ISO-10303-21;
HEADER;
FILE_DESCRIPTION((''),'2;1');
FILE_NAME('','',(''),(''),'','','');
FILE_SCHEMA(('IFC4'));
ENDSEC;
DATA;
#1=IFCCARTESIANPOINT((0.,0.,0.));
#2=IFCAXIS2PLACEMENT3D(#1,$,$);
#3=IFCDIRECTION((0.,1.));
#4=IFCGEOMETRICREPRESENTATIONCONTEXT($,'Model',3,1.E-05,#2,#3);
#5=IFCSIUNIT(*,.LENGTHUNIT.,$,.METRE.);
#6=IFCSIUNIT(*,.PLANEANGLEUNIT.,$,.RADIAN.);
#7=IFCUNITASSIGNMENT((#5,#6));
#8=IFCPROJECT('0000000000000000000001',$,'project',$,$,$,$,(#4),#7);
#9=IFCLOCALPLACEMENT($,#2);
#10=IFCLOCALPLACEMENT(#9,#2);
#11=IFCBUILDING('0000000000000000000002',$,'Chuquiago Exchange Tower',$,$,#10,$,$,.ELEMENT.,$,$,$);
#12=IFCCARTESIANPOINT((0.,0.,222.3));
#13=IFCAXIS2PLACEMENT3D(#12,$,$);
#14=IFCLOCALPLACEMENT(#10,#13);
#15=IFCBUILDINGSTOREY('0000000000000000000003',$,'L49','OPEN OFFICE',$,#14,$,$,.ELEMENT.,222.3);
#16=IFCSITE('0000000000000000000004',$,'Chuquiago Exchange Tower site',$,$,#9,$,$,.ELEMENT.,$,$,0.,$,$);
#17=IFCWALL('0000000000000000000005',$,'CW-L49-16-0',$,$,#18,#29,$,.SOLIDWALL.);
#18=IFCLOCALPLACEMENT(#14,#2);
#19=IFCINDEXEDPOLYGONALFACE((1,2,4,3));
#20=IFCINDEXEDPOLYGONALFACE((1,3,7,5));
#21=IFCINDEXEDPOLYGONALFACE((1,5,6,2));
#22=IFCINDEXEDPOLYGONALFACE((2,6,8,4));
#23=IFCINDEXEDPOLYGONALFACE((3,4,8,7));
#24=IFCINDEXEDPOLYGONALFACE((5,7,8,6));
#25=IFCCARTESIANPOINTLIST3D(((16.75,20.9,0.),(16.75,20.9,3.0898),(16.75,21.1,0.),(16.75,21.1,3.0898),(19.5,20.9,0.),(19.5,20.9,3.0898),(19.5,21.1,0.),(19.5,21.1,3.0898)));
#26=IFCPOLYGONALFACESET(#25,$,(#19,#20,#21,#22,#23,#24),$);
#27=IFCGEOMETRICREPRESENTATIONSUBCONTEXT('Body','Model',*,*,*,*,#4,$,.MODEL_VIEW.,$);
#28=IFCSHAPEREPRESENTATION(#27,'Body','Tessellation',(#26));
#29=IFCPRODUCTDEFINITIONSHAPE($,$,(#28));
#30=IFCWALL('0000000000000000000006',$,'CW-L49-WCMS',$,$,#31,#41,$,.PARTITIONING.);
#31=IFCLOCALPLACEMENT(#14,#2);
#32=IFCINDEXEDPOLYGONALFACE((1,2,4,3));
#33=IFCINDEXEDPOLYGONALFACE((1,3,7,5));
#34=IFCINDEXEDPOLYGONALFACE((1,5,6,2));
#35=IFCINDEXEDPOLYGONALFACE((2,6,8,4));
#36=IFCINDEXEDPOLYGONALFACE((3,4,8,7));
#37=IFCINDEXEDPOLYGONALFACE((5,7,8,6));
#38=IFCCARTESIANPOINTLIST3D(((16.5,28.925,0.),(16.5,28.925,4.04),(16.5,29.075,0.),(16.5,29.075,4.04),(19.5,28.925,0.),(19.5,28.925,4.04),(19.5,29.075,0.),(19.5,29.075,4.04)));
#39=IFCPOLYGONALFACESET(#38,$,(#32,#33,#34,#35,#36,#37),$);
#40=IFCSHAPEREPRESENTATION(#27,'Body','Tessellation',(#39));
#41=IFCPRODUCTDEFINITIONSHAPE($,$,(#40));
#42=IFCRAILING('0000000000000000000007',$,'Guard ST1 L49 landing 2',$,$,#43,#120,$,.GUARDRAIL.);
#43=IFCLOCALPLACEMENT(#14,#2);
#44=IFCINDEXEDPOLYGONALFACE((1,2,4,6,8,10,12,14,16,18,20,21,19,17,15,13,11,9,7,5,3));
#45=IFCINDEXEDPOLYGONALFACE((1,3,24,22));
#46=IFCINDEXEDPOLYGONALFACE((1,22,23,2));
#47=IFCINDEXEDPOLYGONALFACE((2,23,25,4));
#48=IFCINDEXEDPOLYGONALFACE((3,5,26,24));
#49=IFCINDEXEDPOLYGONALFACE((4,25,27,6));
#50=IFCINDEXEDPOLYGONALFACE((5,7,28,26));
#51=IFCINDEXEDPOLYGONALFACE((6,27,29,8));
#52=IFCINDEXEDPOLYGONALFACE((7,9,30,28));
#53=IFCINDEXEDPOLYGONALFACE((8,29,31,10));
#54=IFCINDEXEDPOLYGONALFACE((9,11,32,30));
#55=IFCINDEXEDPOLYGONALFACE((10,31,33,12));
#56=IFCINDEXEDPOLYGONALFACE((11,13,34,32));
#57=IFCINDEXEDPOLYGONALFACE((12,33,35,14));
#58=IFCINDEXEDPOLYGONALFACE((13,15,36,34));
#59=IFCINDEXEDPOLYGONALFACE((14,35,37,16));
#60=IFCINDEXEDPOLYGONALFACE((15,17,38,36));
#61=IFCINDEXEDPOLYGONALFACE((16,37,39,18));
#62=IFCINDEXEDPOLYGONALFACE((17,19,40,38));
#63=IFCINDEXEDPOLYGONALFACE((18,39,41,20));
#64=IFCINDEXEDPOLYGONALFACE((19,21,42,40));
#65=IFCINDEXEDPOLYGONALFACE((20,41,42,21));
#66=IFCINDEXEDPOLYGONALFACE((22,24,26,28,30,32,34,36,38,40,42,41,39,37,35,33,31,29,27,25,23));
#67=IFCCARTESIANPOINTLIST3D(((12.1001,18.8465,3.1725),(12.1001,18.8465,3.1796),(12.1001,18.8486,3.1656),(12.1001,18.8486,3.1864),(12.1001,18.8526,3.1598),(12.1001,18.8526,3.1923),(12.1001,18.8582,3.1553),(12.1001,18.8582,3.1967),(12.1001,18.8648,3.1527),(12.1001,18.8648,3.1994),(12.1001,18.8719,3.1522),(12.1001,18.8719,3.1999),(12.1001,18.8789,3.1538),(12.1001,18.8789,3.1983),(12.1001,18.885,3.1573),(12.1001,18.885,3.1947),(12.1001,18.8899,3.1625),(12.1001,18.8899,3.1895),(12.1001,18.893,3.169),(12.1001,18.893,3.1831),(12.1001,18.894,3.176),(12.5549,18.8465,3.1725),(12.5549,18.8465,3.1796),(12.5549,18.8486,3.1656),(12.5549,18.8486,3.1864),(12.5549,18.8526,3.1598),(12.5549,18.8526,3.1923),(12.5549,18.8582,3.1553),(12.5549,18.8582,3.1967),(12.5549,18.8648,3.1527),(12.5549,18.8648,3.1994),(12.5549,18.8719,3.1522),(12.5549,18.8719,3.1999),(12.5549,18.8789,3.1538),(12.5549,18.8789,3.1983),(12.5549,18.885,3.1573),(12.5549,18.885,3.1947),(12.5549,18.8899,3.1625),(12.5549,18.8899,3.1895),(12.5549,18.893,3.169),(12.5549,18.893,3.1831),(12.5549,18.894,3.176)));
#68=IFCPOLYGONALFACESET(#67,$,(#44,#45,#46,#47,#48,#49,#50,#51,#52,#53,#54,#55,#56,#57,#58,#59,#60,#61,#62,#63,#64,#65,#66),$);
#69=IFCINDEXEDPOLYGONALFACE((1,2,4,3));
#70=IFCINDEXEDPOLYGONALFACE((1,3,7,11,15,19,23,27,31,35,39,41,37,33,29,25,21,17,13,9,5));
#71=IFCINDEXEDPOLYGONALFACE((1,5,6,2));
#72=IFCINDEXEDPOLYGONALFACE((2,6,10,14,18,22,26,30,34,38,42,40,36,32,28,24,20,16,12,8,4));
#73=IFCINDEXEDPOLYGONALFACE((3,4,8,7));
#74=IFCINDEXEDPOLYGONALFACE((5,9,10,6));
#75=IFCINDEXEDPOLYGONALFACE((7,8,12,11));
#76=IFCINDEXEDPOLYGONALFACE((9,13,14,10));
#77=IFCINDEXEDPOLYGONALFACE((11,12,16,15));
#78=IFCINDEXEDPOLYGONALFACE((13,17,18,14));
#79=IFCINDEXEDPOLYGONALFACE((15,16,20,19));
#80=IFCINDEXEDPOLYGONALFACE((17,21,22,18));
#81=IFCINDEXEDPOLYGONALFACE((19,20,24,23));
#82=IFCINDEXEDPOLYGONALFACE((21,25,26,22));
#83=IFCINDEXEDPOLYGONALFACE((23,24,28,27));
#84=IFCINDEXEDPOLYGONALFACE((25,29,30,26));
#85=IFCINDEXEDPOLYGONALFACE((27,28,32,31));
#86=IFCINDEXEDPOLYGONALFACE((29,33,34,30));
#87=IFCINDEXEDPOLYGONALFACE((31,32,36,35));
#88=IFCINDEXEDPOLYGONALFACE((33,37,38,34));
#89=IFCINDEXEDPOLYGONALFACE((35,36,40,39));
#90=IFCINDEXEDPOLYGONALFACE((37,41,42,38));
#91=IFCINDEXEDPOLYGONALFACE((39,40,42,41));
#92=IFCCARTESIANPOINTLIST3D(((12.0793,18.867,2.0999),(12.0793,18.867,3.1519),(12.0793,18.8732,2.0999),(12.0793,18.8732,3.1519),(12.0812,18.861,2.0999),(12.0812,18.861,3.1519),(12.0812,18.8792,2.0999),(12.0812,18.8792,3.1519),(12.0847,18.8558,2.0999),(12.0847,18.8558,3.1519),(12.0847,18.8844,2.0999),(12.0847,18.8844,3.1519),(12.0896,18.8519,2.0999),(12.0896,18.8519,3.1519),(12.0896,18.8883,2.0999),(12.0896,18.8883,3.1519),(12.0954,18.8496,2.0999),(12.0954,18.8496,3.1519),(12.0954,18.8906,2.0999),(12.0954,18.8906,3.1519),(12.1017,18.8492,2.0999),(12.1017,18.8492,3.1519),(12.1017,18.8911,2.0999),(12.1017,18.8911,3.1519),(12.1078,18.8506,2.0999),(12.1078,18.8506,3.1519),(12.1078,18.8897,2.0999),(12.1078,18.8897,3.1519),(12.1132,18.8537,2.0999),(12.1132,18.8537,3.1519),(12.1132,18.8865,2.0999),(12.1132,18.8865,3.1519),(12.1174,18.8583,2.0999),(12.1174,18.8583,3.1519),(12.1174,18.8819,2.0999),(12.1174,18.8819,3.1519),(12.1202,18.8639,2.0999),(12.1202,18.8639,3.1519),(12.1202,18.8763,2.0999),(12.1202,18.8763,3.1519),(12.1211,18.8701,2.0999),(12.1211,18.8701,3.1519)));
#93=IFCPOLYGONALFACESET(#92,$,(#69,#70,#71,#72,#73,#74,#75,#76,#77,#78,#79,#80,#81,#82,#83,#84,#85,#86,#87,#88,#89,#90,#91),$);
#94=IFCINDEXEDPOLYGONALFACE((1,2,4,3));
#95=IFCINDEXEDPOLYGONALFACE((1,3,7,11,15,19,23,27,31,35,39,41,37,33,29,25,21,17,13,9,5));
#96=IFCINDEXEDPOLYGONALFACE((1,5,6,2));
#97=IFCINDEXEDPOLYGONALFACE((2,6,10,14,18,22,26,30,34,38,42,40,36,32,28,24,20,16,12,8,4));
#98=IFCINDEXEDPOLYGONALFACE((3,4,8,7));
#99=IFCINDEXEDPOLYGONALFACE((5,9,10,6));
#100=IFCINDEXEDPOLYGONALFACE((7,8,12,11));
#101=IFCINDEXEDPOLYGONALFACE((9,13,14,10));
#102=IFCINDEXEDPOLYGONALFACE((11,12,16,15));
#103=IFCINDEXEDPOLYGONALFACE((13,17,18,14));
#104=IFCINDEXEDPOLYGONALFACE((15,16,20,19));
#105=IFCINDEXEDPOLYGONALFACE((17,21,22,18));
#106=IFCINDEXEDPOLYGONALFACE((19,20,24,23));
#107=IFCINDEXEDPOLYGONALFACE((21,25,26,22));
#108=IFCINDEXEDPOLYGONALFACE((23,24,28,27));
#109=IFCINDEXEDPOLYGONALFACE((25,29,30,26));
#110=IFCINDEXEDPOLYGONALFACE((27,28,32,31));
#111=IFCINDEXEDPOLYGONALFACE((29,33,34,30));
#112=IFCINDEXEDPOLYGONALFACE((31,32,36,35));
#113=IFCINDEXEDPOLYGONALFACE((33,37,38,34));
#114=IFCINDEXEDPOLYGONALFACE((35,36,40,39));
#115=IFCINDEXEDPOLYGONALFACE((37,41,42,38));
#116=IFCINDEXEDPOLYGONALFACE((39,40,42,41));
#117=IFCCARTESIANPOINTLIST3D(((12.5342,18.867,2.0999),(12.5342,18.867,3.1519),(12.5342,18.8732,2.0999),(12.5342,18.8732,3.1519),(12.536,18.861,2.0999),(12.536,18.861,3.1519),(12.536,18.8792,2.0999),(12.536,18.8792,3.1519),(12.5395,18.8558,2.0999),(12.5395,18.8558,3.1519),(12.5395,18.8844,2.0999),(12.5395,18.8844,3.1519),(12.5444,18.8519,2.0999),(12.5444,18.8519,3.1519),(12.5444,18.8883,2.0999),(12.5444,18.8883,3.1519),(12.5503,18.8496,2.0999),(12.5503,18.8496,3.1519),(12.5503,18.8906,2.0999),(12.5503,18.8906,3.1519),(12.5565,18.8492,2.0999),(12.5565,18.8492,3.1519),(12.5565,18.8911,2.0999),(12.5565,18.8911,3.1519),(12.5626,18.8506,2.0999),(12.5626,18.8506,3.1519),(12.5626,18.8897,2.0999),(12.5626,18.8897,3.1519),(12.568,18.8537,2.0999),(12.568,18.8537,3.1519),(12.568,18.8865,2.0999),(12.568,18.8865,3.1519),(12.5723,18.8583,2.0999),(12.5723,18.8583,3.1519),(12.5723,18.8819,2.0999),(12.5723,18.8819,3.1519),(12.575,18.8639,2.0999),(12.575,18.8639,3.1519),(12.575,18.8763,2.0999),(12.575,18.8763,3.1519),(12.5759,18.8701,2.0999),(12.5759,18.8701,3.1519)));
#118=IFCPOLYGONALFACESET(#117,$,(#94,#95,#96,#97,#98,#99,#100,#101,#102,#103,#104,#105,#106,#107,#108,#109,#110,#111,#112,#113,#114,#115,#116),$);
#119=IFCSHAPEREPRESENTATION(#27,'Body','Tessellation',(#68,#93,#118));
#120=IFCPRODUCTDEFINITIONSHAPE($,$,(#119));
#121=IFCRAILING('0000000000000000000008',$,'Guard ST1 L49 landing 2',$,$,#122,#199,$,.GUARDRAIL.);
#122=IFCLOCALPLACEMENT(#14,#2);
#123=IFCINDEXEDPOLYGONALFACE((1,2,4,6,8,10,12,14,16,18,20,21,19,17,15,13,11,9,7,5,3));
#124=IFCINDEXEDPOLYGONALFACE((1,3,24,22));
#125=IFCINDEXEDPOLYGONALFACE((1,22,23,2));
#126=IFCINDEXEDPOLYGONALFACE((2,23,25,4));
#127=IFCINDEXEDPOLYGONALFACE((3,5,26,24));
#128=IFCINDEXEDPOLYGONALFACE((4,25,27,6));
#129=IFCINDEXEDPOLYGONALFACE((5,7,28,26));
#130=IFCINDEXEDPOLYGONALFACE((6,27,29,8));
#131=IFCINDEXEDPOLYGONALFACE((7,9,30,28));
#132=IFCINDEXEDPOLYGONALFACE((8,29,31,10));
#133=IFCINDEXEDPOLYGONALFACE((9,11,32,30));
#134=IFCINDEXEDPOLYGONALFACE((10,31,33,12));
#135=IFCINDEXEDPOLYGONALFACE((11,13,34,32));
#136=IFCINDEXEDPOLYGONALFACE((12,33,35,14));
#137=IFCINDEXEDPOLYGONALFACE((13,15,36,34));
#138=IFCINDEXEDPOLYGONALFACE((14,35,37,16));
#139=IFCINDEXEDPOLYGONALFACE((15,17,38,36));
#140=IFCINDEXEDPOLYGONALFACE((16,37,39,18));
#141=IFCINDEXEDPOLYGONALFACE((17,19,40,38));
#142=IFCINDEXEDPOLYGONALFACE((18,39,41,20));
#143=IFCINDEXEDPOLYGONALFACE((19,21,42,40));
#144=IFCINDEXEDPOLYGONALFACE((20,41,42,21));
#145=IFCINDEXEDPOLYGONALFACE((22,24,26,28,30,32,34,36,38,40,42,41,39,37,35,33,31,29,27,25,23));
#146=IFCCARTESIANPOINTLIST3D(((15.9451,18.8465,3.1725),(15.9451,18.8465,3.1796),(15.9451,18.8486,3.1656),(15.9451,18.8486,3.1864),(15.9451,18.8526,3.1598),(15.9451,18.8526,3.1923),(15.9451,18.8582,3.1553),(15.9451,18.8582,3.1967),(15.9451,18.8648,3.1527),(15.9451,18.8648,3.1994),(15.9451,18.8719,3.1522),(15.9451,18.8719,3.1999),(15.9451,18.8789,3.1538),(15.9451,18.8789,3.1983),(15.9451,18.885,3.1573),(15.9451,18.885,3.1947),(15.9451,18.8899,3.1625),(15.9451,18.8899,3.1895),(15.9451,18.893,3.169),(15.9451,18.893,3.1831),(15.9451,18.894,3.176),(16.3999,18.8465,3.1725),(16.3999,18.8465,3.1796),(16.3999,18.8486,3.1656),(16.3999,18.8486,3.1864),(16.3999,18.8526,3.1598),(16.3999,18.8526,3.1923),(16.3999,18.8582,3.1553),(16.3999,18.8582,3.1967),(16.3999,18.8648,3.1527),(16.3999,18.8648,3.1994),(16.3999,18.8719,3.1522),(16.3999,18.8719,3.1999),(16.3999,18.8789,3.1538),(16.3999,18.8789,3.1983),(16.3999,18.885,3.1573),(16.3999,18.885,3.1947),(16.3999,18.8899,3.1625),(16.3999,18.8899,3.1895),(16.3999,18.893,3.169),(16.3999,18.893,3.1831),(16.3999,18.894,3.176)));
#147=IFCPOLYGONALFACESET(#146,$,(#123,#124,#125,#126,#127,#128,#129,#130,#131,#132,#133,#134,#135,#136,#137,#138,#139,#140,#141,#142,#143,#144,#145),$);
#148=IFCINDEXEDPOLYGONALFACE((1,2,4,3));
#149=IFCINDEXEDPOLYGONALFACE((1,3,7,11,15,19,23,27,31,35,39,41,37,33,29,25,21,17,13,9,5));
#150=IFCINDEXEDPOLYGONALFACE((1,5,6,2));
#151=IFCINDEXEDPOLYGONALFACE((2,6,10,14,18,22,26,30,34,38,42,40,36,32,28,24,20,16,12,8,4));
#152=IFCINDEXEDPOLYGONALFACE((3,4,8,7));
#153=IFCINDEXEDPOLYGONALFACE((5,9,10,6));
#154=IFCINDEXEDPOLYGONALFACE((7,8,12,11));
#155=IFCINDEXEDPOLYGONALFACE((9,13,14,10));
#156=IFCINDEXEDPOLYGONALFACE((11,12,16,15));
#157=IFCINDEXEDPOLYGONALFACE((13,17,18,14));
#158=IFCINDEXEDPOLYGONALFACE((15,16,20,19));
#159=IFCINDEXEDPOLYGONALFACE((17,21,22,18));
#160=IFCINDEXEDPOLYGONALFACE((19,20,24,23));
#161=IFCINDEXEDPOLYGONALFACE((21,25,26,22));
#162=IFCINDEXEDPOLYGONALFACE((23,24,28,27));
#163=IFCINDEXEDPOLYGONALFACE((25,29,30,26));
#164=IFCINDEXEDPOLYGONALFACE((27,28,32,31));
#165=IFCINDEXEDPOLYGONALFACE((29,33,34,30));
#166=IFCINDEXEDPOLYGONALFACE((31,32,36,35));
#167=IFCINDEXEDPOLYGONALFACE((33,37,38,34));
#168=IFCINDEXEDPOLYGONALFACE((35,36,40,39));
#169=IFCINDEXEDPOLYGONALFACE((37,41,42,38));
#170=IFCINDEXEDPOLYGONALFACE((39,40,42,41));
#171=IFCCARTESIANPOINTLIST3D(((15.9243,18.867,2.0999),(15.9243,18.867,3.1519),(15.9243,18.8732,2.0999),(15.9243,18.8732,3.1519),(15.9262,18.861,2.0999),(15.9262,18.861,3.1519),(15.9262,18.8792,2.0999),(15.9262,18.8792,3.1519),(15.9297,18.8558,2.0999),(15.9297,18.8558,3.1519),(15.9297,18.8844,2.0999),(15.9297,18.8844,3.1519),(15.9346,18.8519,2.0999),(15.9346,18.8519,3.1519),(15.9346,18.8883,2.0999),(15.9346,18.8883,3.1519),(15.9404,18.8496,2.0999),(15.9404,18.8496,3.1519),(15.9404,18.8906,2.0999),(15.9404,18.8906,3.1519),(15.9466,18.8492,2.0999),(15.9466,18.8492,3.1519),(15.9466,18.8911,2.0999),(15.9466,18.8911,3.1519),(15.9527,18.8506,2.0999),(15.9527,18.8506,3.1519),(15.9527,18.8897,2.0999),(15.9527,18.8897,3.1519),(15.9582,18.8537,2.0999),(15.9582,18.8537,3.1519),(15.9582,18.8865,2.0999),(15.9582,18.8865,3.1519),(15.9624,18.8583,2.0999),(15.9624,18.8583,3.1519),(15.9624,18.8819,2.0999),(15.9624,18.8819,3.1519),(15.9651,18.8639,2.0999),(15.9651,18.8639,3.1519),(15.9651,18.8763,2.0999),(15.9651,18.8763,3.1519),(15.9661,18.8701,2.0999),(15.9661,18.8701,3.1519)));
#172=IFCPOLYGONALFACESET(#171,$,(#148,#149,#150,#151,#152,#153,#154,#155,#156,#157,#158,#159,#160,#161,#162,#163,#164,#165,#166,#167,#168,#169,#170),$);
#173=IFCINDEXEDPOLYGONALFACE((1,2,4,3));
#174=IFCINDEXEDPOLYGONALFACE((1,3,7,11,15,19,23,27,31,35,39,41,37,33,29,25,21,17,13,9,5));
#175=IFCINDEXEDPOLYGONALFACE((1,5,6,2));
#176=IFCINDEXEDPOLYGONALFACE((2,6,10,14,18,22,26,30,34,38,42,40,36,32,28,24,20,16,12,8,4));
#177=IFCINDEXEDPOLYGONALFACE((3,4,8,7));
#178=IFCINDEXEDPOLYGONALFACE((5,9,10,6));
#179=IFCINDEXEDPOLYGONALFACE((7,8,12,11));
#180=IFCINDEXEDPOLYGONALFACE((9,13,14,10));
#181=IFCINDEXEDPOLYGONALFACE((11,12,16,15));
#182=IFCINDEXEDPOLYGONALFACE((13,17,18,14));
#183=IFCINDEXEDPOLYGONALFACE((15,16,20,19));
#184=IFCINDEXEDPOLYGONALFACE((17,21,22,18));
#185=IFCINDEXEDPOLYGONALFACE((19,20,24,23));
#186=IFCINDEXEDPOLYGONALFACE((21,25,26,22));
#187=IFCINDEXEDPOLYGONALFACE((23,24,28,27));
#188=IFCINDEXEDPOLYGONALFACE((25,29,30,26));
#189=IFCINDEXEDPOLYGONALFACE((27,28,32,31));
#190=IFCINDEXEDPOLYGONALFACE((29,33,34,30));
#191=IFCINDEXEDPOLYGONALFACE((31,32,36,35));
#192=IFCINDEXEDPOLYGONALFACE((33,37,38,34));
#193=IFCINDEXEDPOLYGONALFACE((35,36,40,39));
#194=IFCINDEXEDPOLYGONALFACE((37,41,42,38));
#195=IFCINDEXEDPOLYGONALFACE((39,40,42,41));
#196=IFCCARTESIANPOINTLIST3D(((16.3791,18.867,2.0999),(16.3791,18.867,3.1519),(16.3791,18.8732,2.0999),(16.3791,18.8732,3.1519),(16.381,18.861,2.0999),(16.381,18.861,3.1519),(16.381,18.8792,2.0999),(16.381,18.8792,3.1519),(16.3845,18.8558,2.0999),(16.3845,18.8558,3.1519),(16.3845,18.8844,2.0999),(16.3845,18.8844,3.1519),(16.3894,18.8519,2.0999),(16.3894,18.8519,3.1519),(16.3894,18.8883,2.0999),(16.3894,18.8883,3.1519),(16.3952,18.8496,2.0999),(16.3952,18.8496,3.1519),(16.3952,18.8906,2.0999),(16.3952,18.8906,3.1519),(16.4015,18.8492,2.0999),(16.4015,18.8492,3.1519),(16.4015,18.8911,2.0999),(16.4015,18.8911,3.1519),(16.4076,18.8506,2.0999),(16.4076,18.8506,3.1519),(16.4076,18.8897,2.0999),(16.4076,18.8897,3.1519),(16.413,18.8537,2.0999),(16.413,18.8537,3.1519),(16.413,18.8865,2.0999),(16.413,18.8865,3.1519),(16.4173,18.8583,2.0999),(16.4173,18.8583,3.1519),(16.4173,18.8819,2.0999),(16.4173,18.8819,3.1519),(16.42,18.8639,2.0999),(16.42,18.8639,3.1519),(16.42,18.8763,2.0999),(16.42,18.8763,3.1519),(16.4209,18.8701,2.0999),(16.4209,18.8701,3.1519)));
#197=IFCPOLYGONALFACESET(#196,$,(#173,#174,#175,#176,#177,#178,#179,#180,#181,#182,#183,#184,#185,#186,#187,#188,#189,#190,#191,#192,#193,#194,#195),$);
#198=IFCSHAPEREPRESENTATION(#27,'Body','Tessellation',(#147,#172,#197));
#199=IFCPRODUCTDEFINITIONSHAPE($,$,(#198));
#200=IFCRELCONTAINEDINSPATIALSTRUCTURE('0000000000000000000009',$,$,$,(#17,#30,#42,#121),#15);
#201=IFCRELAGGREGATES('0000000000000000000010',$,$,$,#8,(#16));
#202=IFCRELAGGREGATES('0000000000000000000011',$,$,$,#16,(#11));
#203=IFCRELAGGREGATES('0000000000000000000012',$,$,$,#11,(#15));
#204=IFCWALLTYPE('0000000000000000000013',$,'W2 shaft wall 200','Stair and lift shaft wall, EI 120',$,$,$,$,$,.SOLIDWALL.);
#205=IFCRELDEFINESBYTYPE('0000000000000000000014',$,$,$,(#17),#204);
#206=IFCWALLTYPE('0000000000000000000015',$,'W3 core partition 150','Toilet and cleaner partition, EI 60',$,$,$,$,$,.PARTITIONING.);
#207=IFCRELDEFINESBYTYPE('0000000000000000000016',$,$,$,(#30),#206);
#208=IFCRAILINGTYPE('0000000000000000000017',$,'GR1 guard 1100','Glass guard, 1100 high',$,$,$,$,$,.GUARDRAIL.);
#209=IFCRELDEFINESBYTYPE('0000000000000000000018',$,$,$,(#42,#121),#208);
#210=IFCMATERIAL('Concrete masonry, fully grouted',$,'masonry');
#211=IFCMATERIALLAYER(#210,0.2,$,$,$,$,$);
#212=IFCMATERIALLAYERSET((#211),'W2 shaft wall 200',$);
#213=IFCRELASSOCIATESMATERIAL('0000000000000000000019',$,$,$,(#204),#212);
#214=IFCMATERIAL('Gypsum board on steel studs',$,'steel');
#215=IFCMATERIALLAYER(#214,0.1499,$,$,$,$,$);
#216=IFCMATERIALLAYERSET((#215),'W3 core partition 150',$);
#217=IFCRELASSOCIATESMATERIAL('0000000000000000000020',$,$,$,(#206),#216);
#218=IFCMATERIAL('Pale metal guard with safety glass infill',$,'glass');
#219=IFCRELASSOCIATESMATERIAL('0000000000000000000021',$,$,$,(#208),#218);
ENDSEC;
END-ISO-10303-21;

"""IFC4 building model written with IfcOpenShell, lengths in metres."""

from ifc_helpers import new_model, si_unit, direction, frame, frame_2d, origin, origin_2d, place, context, subcontext, project, spatial, rectangle, circle, extrude, material, layer, layer_set, type_object, element, save


model = new_model("IFC4")

# Units and contexts
model_context = context("Model", 3, precision=1e-05, world=origin(), true_north=direction((0.0, 1.0)))
body_context = subcontext(model_context, "Body", "Model", "MODEL_VIEW")
ifc_project = project(units=[si_unit("LENGTHUNIT", "METRE"), si_unit("PLANEANGLEUNIT", "RADIAN")], contexts=[model_context])

# Site, building, storey
site_placement = place(None, origin())
site = spatial("IfcSite", under=ifc_project, at=site_placement, Name="Chuquiago Exchange Tower site", CompositionType="ELEMENT", RefElevation=0.0)
building_placement = place(site_placement, origin())
building = spatial("IfcBuilding", under=site, at=building_placement, Name="Chuquiago Exchange Tower", CompositionType="ELEMENT")
storey_placement = place(building_placement, frame((0.0, 0.0, 222.3)))
storey = spatial("IfcBuildingStorey", under=building, at=storey_placement, Name="L49", Description="OPEN OFFICE", CompositionType="ELEMENT", Elevation=222.3)

# Shared definitions
ifc_material_1 = material(Name="Concrete masonry, fully grouted", Category="masonry")
ifc_layer_1 = layer(ifc_material_1, 0.2)
ifc_layer_set_1 = layer_set([ifc_layer_1], Name="W2 shaft wall 200")
wall_type_1 = type_object("IfcWallType", Name="W2 shaft wall 200", Description="Stair and lift shaft wall, EI 120", PredefinedType="SOLIDWALL", material=ifc_layer_set_1)

# Walls
wall_1_placement = place(storey_placement, frame((16.75, 21.0, 0.0), z_axis=(0.0, 0.0, 1.0), x_axis=(1.0, 0.0, 0.0)))
element("IfcWall", 1, at=wall_1_placement, inside=storey, type_object=wall_type_1, Name="CW-L49-16-0", PredefinedType="SOLIDWALL", context=body_context, shape_type="SweptSolid", body=[
    extrude(rectangle(XDim=2.75, YDim=0.2, at=frame_2d((1.375, 0.0))), origin(), (0.0, 0.0, 1.0), 3.0898),
])
ifc_material_2 = material(Name="Gypsum board on steel studs", Category="steel")
ifc_layer_2 = layer(ifc_material_2, 0.1499)
ifc_layer_set_2 = layer_set([ifc_layer_2], Name="W3 core partition 150")
wall_type_2 = type_object("IfcWallType", Name="W3 core partition 150", Description="Toilet and cleaner partition, EI 60", PredefinedType="PARTITIONING", material=ifc_layer_set_2)
wall_2_placement = place(storey_placement, frame((16.5, 29.0, 0.0), z_axis=(0.0, 0.0, 1.0), x_axis=(1.0, 0.0, 0.0)))
element("IfcWall", 2, at=wall_2_placement, inside=storey, type_object=wall_type_2, Name="CW-L49-WCMS", PredefinedType="PARTITIONING", context=body_context, shape_type="SweptSolid", body=[
    extrude(rectangle(XDim=3.0, YDim=0.1499, at=frame_2d((1.5, 0.0))), origin(), (0.0, 0.0, 1.0), 4.04),
])

# Railings
ifc_material_3 = material(Name="Pale metal guard with safety glass infill", Category="glass")
railing_type_1 = type_object("IfcRailingType", Name="GR1 guard 1100", Description="Glass guard, 1100 high", PredefinedType="GUARDRAIL", material=ifc_material_3)
for number, where, name in (
    (3, (12.1001, 18.8701, 2.0999), "Guard ST1 L49 landing 2"),
    (4, (15.9451, 18.8701, 2.0999), "Guard ST1 L49 landing 2"),
):
    element("IfcRailing", number, at=place(storey_placement, frame(where)), inside=storey, type_object=railing_type_1, Name=name, PredefinedType="GUARDRAIL", context=body_context, shape_type="SweptSolid", body=[
        extrude(circle(Radius=0.0239, at=origin_2d()), frame((0.0, 0.0, 1.0762), z_axis=(1.0, 0.0, 0.0), x_axis=(0.0, 1.0, 0.0)), (0.0, 0.0, 1.0), 0.4548),
        extrude(circle(Radius=0.021, at=origin_2d()), origin(), (0.0, 0.0, 1.0), 1.052),
        extrude(circle(Radius=0.021, at=origin_2d()), frame((0.4548, 0.0, 0.0)), (0.0, 0.0, 1.0), 1.052),
    ])

save(model, "model.ifc")
